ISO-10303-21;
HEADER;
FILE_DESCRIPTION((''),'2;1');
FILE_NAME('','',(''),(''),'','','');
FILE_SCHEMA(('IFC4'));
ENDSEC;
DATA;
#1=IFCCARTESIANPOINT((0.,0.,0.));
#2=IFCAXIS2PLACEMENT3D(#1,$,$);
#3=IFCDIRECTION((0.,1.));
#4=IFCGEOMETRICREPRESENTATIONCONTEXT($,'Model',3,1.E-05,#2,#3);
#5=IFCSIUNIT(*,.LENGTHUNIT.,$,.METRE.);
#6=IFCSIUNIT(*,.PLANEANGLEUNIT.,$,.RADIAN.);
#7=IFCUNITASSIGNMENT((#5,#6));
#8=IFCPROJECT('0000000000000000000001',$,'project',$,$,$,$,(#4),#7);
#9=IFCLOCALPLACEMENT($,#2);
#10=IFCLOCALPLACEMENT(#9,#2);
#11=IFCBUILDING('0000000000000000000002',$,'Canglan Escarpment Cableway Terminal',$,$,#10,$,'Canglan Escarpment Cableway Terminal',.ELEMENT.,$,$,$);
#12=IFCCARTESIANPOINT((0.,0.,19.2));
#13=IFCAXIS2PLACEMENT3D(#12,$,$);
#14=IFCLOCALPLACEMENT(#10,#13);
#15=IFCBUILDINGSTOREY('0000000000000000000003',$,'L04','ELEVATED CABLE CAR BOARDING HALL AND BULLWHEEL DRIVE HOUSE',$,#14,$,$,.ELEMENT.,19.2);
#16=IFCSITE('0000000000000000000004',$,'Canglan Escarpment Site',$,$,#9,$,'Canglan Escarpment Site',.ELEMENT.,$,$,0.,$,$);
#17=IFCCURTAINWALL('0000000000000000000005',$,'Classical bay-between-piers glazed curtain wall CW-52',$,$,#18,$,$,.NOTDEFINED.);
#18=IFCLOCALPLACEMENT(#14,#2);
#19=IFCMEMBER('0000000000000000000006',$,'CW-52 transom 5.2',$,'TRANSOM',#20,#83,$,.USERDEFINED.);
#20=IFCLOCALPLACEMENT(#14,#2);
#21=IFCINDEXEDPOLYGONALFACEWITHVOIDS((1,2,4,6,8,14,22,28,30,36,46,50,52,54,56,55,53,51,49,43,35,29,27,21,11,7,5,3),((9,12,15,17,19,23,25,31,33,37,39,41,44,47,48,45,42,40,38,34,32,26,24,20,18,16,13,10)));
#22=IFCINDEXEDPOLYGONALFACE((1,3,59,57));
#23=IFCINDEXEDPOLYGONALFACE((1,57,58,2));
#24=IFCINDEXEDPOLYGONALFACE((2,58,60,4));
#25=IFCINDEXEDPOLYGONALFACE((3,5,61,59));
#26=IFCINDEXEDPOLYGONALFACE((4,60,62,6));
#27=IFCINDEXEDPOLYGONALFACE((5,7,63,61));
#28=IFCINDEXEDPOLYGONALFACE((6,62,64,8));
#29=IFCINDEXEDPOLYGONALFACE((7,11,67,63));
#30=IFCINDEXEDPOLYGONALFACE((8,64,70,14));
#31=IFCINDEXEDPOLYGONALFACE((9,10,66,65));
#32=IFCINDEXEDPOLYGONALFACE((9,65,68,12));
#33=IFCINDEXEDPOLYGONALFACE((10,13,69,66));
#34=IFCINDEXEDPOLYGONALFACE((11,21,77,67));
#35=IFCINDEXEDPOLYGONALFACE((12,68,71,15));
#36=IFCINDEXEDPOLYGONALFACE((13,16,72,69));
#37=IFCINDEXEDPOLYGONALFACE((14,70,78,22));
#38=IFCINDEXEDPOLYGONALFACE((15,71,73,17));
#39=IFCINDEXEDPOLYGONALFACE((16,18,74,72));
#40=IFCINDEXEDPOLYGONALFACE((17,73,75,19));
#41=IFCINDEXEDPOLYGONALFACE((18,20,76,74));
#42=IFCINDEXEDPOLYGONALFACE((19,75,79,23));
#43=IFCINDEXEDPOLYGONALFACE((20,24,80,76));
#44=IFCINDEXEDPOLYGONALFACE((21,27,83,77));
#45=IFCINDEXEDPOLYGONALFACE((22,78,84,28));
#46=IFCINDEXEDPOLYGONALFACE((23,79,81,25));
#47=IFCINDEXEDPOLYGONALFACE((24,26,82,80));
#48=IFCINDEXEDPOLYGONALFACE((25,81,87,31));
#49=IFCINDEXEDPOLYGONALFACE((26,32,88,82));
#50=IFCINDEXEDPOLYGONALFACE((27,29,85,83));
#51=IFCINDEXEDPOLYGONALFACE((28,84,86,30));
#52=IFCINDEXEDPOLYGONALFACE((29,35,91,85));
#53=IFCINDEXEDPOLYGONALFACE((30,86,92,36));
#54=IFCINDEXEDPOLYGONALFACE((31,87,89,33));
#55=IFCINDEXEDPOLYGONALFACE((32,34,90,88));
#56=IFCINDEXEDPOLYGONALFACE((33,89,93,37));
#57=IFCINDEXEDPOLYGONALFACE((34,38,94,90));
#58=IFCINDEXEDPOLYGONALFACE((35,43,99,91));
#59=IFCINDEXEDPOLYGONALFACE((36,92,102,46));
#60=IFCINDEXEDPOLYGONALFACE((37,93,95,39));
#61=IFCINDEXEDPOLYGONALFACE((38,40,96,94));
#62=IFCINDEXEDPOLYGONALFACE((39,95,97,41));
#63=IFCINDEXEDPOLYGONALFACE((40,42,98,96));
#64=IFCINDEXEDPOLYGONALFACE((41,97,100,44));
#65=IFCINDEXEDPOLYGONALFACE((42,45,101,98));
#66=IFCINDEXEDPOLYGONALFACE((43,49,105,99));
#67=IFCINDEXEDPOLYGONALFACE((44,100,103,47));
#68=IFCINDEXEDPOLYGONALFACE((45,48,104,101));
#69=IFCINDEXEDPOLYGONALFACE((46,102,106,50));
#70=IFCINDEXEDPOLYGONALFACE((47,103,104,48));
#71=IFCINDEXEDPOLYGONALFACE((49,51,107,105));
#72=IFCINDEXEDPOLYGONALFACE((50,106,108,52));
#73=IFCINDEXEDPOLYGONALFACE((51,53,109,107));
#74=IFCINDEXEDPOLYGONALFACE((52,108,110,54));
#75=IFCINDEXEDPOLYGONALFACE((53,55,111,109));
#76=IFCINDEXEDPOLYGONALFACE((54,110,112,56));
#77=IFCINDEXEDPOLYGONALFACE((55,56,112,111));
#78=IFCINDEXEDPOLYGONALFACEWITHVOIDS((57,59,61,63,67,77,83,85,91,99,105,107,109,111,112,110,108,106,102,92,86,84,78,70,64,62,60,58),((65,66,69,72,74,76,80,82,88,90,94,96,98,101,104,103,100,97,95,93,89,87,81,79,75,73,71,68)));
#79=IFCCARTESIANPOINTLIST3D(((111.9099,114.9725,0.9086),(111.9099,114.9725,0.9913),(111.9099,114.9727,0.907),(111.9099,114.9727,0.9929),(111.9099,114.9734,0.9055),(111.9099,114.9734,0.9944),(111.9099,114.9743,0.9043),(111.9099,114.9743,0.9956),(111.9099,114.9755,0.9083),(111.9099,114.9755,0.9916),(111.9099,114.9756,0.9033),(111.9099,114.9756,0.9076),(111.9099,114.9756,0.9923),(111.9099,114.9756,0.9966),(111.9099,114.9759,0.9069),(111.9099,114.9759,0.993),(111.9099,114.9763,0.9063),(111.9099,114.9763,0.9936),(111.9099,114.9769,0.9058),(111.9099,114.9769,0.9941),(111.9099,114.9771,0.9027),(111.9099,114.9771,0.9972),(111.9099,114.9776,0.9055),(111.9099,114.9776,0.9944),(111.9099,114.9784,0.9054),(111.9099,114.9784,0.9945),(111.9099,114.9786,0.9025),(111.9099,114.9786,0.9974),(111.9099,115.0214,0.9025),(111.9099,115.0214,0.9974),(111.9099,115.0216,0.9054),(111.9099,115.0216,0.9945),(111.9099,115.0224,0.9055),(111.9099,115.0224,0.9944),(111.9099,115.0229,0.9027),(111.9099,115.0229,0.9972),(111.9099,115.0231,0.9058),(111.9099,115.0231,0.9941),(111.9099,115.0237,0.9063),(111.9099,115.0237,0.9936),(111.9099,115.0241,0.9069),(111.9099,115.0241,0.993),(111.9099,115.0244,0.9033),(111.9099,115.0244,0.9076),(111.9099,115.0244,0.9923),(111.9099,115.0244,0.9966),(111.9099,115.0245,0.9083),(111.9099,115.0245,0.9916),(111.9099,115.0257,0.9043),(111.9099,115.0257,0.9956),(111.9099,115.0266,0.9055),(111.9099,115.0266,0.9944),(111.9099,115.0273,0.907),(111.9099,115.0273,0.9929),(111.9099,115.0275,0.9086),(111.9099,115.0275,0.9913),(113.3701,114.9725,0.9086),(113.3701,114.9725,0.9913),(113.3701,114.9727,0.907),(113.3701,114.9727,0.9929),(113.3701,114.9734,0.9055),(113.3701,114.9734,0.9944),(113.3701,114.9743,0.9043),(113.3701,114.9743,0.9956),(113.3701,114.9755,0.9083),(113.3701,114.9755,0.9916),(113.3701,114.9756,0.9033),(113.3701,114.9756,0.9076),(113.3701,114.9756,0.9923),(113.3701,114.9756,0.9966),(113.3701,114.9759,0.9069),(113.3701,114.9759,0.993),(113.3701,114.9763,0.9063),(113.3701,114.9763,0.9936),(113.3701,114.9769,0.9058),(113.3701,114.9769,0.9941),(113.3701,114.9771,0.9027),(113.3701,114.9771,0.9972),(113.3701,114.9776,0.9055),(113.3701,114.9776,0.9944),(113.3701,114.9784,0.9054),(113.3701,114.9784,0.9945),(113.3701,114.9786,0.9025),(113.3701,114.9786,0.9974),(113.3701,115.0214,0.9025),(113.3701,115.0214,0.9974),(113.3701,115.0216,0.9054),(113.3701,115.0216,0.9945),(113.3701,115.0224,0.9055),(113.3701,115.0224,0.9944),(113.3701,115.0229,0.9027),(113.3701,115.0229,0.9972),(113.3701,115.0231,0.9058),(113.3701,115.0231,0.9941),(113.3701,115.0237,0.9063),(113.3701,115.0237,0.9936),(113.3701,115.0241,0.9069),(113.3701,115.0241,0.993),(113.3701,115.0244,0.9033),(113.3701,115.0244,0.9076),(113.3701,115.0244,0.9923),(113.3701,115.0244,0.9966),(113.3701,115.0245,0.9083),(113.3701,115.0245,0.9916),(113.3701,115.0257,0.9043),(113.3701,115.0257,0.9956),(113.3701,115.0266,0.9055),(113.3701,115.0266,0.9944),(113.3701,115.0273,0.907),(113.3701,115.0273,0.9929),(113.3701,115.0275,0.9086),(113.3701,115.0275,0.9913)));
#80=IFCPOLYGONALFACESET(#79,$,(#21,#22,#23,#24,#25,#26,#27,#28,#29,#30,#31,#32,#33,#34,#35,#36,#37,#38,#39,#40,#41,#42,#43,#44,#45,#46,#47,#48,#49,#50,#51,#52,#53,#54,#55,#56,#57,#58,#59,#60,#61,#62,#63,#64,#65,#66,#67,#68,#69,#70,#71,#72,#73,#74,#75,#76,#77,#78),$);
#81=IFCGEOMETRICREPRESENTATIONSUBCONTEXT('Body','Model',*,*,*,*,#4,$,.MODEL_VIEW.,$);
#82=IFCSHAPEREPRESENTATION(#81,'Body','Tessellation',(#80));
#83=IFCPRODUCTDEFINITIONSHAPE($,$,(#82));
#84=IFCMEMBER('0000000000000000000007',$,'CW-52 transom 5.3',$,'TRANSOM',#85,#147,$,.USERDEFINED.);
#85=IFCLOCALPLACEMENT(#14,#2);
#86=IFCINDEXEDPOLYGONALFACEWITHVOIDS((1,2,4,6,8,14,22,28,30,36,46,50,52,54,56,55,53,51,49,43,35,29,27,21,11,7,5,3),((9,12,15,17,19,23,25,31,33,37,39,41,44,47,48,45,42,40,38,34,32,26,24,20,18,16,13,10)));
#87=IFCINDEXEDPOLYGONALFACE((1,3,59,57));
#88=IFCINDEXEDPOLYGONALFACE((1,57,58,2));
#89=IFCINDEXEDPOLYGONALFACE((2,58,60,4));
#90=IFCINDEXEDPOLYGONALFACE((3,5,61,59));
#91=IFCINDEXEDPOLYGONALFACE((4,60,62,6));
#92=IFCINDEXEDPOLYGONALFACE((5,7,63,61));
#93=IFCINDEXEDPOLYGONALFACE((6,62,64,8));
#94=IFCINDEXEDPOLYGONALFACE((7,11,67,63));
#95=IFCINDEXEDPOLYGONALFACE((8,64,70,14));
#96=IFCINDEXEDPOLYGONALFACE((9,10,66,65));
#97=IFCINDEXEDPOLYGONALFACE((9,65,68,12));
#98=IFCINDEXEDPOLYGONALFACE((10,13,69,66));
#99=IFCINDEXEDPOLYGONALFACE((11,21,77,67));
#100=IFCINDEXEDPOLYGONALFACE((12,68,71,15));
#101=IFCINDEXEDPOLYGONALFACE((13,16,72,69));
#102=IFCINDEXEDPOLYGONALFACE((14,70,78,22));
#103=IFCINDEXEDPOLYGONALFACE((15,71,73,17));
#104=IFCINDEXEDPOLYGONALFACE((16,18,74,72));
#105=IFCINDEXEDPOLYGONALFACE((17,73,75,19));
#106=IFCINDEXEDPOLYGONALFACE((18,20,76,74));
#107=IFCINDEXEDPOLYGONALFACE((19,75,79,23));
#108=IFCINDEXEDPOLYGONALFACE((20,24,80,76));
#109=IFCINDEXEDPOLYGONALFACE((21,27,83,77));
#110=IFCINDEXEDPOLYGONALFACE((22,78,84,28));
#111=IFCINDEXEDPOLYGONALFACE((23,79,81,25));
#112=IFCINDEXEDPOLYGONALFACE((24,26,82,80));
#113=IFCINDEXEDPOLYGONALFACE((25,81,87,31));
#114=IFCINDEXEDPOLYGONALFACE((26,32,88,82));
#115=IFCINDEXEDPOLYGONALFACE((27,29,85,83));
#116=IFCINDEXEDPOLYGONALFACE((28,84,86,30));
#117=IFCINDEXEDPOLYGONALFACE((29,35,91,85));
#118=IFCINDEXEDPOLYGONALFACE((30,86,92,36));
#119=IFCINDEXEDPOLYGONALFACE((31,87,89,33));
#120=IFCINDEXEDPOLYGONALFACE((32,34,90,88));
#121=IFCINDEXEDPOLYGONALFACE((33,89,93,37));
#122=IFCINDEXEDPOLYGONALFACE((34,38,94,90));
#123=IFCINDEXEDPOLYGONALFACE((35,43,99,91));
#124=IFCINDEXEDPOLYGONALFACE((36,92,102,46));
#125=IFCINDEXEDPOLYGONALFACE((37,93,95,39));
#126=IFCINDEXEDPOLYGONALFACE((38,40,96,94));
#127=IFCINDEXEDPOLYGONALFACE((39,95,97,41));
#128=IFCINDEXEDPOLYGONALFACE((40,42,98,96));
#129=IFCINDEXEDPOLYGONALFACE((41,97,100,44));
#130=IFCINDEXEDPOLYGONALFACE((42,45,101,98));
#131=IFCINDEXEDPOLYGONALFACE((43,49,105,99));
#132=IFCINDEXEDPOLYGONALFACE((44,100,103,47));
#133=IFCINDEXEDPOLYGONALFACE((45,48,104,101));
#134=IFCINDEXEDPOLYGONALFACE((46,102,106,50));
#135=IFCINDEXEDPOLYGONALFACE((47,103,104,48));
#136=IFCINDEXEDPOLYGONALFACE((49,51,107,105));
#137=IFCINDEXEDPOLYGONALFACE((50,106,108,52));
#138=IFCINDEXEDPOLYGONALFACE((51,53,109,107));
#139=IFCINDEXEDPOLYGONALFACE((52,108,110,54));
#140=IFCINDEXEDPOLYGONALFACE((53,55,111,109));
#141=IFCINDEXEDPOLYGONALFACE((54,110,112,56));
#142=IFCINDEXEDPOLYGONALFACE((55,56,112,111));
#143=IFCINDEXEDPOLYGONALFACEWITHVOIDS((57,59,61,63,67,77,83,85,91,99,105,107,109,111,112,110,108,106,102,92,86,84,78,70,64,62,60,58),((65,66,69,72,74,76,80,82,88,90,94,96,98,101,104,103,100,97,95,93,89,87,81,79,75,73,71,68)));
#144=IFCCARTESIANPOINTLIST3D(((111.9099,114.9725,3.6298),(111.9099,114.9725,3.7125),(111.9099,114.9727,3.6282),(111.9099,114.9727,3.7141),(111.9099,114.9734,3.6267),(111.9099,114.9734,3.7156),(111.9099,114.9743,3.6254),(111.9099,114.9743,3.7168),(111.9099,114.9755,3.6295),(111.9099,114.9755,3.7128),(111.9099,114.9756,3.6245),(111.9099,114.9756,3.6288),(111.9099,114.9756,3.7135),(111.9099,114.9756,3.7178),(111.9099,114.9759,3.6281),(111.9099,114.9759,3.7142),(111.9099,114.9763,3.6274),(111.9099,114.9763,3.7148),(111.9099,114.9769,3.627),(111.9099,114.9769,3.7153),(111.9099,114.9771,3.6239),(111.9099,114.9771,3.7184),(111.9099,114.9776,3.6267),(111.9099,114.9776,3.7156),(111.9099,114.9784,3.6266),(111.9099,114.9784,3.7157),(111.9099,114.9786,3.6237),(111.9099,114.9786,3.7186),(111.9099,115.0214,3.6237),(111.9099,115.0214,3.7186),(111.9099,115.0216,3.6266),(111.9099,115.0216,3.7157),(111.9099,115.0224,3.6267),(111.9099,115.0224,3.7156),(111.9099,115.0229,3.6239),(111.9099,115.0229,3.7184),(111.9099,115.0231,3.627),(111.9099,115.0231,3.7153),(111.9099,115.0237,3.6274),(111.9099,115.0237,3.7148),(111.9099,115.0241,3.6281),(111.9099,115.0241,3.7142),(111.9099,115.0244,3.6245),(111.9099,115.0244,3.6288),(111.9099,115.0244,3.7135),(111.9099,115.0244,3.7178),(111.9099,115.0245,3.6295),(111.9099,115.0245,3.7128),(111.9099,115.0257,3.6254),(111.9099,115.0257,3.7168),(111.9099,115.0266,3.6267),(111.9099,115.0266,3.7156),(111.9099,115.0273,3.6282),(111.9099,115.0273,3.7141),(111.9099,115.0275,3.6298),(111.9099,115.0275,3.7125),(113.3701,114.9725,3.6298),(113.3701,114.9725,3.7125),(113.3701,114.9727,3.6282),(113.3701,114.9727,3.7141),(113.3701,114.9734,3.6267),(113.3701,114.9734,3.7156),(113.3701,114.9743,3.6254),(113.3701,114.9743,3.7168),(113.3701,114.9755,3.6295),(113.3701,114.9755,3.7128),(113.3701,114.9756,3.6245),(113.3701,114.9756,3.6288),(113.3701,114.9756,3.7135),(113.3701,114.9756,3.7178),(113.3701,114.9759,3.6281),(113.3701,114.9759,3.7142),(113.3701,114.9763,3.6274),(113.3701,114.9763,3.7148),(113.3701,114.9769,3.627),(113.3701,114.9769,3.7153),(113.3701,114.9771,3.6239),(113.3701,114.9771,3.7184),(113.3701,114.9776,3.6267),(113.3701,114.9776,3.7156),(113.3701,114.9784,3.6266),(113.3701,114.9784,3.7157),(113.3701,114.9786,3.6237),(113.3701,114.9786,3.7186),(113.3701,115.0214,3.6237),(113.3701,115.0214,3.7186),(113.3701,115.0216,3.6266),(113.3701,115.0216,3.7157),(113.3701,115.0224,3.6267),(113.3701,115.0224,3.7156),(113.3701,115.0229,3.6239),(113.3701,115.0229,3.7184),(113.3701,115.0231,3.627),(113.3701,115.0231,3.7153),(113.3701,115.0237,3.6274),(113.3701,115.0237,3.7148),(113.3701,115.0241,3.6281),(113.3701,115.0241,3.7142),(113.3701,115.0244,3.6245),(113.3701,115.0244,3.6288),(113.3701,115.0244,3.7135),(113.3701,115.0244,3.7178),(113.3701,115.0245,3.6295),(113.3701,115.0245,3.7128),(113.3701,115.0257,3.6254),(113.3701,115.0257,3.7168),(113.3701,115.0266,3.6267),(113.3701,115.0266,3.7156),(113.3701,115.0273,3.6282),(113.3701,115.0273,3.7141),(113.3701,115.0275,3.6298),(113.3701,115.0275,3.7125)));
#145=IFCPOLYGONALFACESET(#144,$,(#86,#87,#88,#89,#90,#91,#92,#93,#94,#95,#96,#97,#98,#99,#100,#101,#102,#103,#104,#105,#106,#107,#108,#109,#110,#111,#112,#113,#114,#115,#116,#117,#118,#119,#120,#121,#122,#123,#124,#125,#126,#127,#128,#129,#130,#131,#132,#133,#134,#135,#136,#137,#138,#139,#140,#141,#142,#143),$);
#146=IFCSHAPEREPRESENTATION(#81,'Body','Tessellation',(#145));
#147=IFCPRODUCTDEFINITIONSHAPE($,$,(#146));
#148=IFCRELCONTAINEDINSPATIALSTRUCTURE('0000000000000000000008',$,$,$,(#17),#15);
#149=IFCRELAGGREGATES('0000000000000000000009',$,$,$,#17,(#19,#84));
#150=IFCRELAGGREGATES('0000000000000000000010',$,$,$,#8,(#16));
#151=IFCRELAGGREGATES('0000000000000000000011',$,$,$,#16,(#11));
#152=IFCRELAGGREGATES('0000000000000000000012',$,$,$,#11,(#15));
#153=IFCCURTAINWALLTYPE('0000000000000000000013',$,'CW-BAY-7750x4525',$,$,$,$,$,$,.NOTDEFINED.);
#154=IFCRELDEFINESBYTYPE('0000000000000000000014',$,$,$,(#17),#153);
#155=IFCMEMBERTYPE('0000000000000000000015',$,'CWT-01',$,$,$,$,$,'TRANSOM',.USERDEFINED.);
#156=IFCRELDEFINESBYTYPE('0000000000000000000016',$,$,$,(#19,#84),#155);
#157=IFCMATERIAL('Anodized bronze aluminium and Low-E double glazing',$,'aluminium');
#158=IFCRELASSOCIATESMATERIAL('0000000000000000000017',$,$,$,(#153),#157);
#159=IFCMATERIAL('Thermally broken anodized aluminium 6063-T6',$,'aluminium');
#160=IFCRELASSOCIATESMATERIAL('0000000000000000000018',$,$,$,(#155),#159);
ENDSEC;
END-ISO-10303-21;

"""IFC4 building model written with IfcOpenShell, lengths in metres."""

from ifc_helpers import new_model, si_unit, direction, frame, origin, origin_2d, place, context, subcontext, project, spatial, hollow_rectangle, extrude, material, material_profile, profile_set, type_object, element, aggregate, save


model = new_model("IFC4")

# Units and contexts
model_context = context("Model", 3, precision=1e-05, world=origin(), true_north=direction((0.0, 1.0)))
body_context = subcontext(model_context, "Body", "Model", "MODEL_VIEW")
ifc_project = project(units=[si_unit("LENGTHUNIT", "METRE"), si_unit("PLANEANGLEUNIT", "RADIAN")], contexts=[model_context])

# Site, building, storey
site_placement = place(None, origin())
site = spatial("IfcSite", under=ifc_project, at=site_placement, Name="Canglan Escarpment Site", LongName="Canglan Escarpment Site", CompositionType="ELEMENT", RefElevation=0.0)
building_placement = place(site_placement, origin())
building = spatial("IfcBuilding", under=site, at=building_placement, Name="Canglan Escarpment Cableway Terminal", LongName="Canglan Escarpment Cableway Terminal", CompositionType="ELEMENT")
storey_placement = place(building_placement, frame((0.0, 0.0, 19.2)))
storey = spatial("IfcBuildingStorey", under=building, at=storey_placement, Name="L04", Description="ELEVATED CABLE CAR BOARDING HALL AND BULLWHEEL DRIVE HOUSE", CompositionType="ELEMENT", Elevation=19.2)

# Curtain wall
ifc_material_1 = material(Name="Anodized bronze aluminium and Low-E double glazing", Category="aluminium")
curtain_wall_type_1 = type_object("IfcCurtainWallType", Name="CW-BAY-7750x4525", PredefinedType="NOTDEFINED", material=ifc_material_1)
curtain_wall_1_placement = place(storey_placement, origin())
curtain_wall_1 = element("IfcCurtainWall", 1, at=curtain_wall_1_placement, inside=storey, type_object=curtain_wall_type_1, Name="Classical bay-between-piers glazed curtain wall CW-52", PredefinedType="NOTDEFINED")
ifc_material_2 = material(Name="Thermally broken anodized aluminium 6063-T6", Category="aluminium")

# Members
ifc_material_profile_1 = material_profile(ifc_material_2, hollow_rectangle(XDim=0.0549, YDim=0.095, WallThickness=0.0029, InnerFilletRadius=0.0029, OuterFilletRadius=0.0061, at=origin_2d()), Name="ALU-TRAN 55x95x3")
ifc_profile_set_1 = profile_set([ifc_material_profile_1], Name="Thermally broken anodized aluminium 6063-T6")
member_type_1 = type_object("IfcMemberType", Name="CWT-01", ElementType="TRANSOM", PredefinedType="USERDEFINED", material=ifc_profile_set_1)
member_1_placement = place(storey_placement, frame((113.3701, 115.0, 0.95), z_axis=(-1.0, 0.0, 0.0), x_axis=(0.0, -1.0, 0.0)))
member_1 = element("IfcMember", 2, at=member_1_placement, type_object=member_type_1, Name="CW-52 transom 5.2", ObjectType="TRANSOM", PredefinedType="USERDEFINED", context=body_context, shape_type="SweptSolid", body=[
    extrude(hollow_rectangle(XDim=0.0549, YDim=0.095, WallThickness=0.0029, InnerFilletRadius=0.0029, OuterFilletRadius=0.0061, at=origin_2d()), origin(), (0.0, 0.0, 1.0), 1.4602),
])
member_2_placement = place(storey_placement, frame((113.3701, 115.0, 3.6711), z_axis=(-1.0, 0.0, 0.0), x_axis=(0.0, -1.0, 0.0)))
member_2 = element("IfcMember", 3, at=member_2_placement, type_object=member_type_1, Name="CW-52 transom 5.3", ObjectType="TRANSOM", PredefinedType="USERDEFINED", context=body_context, shape_type="SweptSolid", body=[
    extrude(hollow_rectangle(XDim=0.0549, YDim=0.095, WallThickness=0.0029, InnerFilletRadius=0.0029, OuterFilletRadius=0.0061, at=origin_2d()), origin(), (0.0, 0.0, 1.0), 1.4602),
])

aggregate(curtain_wall_1, [member_1, member_2])

save(model, "model.ifc")
